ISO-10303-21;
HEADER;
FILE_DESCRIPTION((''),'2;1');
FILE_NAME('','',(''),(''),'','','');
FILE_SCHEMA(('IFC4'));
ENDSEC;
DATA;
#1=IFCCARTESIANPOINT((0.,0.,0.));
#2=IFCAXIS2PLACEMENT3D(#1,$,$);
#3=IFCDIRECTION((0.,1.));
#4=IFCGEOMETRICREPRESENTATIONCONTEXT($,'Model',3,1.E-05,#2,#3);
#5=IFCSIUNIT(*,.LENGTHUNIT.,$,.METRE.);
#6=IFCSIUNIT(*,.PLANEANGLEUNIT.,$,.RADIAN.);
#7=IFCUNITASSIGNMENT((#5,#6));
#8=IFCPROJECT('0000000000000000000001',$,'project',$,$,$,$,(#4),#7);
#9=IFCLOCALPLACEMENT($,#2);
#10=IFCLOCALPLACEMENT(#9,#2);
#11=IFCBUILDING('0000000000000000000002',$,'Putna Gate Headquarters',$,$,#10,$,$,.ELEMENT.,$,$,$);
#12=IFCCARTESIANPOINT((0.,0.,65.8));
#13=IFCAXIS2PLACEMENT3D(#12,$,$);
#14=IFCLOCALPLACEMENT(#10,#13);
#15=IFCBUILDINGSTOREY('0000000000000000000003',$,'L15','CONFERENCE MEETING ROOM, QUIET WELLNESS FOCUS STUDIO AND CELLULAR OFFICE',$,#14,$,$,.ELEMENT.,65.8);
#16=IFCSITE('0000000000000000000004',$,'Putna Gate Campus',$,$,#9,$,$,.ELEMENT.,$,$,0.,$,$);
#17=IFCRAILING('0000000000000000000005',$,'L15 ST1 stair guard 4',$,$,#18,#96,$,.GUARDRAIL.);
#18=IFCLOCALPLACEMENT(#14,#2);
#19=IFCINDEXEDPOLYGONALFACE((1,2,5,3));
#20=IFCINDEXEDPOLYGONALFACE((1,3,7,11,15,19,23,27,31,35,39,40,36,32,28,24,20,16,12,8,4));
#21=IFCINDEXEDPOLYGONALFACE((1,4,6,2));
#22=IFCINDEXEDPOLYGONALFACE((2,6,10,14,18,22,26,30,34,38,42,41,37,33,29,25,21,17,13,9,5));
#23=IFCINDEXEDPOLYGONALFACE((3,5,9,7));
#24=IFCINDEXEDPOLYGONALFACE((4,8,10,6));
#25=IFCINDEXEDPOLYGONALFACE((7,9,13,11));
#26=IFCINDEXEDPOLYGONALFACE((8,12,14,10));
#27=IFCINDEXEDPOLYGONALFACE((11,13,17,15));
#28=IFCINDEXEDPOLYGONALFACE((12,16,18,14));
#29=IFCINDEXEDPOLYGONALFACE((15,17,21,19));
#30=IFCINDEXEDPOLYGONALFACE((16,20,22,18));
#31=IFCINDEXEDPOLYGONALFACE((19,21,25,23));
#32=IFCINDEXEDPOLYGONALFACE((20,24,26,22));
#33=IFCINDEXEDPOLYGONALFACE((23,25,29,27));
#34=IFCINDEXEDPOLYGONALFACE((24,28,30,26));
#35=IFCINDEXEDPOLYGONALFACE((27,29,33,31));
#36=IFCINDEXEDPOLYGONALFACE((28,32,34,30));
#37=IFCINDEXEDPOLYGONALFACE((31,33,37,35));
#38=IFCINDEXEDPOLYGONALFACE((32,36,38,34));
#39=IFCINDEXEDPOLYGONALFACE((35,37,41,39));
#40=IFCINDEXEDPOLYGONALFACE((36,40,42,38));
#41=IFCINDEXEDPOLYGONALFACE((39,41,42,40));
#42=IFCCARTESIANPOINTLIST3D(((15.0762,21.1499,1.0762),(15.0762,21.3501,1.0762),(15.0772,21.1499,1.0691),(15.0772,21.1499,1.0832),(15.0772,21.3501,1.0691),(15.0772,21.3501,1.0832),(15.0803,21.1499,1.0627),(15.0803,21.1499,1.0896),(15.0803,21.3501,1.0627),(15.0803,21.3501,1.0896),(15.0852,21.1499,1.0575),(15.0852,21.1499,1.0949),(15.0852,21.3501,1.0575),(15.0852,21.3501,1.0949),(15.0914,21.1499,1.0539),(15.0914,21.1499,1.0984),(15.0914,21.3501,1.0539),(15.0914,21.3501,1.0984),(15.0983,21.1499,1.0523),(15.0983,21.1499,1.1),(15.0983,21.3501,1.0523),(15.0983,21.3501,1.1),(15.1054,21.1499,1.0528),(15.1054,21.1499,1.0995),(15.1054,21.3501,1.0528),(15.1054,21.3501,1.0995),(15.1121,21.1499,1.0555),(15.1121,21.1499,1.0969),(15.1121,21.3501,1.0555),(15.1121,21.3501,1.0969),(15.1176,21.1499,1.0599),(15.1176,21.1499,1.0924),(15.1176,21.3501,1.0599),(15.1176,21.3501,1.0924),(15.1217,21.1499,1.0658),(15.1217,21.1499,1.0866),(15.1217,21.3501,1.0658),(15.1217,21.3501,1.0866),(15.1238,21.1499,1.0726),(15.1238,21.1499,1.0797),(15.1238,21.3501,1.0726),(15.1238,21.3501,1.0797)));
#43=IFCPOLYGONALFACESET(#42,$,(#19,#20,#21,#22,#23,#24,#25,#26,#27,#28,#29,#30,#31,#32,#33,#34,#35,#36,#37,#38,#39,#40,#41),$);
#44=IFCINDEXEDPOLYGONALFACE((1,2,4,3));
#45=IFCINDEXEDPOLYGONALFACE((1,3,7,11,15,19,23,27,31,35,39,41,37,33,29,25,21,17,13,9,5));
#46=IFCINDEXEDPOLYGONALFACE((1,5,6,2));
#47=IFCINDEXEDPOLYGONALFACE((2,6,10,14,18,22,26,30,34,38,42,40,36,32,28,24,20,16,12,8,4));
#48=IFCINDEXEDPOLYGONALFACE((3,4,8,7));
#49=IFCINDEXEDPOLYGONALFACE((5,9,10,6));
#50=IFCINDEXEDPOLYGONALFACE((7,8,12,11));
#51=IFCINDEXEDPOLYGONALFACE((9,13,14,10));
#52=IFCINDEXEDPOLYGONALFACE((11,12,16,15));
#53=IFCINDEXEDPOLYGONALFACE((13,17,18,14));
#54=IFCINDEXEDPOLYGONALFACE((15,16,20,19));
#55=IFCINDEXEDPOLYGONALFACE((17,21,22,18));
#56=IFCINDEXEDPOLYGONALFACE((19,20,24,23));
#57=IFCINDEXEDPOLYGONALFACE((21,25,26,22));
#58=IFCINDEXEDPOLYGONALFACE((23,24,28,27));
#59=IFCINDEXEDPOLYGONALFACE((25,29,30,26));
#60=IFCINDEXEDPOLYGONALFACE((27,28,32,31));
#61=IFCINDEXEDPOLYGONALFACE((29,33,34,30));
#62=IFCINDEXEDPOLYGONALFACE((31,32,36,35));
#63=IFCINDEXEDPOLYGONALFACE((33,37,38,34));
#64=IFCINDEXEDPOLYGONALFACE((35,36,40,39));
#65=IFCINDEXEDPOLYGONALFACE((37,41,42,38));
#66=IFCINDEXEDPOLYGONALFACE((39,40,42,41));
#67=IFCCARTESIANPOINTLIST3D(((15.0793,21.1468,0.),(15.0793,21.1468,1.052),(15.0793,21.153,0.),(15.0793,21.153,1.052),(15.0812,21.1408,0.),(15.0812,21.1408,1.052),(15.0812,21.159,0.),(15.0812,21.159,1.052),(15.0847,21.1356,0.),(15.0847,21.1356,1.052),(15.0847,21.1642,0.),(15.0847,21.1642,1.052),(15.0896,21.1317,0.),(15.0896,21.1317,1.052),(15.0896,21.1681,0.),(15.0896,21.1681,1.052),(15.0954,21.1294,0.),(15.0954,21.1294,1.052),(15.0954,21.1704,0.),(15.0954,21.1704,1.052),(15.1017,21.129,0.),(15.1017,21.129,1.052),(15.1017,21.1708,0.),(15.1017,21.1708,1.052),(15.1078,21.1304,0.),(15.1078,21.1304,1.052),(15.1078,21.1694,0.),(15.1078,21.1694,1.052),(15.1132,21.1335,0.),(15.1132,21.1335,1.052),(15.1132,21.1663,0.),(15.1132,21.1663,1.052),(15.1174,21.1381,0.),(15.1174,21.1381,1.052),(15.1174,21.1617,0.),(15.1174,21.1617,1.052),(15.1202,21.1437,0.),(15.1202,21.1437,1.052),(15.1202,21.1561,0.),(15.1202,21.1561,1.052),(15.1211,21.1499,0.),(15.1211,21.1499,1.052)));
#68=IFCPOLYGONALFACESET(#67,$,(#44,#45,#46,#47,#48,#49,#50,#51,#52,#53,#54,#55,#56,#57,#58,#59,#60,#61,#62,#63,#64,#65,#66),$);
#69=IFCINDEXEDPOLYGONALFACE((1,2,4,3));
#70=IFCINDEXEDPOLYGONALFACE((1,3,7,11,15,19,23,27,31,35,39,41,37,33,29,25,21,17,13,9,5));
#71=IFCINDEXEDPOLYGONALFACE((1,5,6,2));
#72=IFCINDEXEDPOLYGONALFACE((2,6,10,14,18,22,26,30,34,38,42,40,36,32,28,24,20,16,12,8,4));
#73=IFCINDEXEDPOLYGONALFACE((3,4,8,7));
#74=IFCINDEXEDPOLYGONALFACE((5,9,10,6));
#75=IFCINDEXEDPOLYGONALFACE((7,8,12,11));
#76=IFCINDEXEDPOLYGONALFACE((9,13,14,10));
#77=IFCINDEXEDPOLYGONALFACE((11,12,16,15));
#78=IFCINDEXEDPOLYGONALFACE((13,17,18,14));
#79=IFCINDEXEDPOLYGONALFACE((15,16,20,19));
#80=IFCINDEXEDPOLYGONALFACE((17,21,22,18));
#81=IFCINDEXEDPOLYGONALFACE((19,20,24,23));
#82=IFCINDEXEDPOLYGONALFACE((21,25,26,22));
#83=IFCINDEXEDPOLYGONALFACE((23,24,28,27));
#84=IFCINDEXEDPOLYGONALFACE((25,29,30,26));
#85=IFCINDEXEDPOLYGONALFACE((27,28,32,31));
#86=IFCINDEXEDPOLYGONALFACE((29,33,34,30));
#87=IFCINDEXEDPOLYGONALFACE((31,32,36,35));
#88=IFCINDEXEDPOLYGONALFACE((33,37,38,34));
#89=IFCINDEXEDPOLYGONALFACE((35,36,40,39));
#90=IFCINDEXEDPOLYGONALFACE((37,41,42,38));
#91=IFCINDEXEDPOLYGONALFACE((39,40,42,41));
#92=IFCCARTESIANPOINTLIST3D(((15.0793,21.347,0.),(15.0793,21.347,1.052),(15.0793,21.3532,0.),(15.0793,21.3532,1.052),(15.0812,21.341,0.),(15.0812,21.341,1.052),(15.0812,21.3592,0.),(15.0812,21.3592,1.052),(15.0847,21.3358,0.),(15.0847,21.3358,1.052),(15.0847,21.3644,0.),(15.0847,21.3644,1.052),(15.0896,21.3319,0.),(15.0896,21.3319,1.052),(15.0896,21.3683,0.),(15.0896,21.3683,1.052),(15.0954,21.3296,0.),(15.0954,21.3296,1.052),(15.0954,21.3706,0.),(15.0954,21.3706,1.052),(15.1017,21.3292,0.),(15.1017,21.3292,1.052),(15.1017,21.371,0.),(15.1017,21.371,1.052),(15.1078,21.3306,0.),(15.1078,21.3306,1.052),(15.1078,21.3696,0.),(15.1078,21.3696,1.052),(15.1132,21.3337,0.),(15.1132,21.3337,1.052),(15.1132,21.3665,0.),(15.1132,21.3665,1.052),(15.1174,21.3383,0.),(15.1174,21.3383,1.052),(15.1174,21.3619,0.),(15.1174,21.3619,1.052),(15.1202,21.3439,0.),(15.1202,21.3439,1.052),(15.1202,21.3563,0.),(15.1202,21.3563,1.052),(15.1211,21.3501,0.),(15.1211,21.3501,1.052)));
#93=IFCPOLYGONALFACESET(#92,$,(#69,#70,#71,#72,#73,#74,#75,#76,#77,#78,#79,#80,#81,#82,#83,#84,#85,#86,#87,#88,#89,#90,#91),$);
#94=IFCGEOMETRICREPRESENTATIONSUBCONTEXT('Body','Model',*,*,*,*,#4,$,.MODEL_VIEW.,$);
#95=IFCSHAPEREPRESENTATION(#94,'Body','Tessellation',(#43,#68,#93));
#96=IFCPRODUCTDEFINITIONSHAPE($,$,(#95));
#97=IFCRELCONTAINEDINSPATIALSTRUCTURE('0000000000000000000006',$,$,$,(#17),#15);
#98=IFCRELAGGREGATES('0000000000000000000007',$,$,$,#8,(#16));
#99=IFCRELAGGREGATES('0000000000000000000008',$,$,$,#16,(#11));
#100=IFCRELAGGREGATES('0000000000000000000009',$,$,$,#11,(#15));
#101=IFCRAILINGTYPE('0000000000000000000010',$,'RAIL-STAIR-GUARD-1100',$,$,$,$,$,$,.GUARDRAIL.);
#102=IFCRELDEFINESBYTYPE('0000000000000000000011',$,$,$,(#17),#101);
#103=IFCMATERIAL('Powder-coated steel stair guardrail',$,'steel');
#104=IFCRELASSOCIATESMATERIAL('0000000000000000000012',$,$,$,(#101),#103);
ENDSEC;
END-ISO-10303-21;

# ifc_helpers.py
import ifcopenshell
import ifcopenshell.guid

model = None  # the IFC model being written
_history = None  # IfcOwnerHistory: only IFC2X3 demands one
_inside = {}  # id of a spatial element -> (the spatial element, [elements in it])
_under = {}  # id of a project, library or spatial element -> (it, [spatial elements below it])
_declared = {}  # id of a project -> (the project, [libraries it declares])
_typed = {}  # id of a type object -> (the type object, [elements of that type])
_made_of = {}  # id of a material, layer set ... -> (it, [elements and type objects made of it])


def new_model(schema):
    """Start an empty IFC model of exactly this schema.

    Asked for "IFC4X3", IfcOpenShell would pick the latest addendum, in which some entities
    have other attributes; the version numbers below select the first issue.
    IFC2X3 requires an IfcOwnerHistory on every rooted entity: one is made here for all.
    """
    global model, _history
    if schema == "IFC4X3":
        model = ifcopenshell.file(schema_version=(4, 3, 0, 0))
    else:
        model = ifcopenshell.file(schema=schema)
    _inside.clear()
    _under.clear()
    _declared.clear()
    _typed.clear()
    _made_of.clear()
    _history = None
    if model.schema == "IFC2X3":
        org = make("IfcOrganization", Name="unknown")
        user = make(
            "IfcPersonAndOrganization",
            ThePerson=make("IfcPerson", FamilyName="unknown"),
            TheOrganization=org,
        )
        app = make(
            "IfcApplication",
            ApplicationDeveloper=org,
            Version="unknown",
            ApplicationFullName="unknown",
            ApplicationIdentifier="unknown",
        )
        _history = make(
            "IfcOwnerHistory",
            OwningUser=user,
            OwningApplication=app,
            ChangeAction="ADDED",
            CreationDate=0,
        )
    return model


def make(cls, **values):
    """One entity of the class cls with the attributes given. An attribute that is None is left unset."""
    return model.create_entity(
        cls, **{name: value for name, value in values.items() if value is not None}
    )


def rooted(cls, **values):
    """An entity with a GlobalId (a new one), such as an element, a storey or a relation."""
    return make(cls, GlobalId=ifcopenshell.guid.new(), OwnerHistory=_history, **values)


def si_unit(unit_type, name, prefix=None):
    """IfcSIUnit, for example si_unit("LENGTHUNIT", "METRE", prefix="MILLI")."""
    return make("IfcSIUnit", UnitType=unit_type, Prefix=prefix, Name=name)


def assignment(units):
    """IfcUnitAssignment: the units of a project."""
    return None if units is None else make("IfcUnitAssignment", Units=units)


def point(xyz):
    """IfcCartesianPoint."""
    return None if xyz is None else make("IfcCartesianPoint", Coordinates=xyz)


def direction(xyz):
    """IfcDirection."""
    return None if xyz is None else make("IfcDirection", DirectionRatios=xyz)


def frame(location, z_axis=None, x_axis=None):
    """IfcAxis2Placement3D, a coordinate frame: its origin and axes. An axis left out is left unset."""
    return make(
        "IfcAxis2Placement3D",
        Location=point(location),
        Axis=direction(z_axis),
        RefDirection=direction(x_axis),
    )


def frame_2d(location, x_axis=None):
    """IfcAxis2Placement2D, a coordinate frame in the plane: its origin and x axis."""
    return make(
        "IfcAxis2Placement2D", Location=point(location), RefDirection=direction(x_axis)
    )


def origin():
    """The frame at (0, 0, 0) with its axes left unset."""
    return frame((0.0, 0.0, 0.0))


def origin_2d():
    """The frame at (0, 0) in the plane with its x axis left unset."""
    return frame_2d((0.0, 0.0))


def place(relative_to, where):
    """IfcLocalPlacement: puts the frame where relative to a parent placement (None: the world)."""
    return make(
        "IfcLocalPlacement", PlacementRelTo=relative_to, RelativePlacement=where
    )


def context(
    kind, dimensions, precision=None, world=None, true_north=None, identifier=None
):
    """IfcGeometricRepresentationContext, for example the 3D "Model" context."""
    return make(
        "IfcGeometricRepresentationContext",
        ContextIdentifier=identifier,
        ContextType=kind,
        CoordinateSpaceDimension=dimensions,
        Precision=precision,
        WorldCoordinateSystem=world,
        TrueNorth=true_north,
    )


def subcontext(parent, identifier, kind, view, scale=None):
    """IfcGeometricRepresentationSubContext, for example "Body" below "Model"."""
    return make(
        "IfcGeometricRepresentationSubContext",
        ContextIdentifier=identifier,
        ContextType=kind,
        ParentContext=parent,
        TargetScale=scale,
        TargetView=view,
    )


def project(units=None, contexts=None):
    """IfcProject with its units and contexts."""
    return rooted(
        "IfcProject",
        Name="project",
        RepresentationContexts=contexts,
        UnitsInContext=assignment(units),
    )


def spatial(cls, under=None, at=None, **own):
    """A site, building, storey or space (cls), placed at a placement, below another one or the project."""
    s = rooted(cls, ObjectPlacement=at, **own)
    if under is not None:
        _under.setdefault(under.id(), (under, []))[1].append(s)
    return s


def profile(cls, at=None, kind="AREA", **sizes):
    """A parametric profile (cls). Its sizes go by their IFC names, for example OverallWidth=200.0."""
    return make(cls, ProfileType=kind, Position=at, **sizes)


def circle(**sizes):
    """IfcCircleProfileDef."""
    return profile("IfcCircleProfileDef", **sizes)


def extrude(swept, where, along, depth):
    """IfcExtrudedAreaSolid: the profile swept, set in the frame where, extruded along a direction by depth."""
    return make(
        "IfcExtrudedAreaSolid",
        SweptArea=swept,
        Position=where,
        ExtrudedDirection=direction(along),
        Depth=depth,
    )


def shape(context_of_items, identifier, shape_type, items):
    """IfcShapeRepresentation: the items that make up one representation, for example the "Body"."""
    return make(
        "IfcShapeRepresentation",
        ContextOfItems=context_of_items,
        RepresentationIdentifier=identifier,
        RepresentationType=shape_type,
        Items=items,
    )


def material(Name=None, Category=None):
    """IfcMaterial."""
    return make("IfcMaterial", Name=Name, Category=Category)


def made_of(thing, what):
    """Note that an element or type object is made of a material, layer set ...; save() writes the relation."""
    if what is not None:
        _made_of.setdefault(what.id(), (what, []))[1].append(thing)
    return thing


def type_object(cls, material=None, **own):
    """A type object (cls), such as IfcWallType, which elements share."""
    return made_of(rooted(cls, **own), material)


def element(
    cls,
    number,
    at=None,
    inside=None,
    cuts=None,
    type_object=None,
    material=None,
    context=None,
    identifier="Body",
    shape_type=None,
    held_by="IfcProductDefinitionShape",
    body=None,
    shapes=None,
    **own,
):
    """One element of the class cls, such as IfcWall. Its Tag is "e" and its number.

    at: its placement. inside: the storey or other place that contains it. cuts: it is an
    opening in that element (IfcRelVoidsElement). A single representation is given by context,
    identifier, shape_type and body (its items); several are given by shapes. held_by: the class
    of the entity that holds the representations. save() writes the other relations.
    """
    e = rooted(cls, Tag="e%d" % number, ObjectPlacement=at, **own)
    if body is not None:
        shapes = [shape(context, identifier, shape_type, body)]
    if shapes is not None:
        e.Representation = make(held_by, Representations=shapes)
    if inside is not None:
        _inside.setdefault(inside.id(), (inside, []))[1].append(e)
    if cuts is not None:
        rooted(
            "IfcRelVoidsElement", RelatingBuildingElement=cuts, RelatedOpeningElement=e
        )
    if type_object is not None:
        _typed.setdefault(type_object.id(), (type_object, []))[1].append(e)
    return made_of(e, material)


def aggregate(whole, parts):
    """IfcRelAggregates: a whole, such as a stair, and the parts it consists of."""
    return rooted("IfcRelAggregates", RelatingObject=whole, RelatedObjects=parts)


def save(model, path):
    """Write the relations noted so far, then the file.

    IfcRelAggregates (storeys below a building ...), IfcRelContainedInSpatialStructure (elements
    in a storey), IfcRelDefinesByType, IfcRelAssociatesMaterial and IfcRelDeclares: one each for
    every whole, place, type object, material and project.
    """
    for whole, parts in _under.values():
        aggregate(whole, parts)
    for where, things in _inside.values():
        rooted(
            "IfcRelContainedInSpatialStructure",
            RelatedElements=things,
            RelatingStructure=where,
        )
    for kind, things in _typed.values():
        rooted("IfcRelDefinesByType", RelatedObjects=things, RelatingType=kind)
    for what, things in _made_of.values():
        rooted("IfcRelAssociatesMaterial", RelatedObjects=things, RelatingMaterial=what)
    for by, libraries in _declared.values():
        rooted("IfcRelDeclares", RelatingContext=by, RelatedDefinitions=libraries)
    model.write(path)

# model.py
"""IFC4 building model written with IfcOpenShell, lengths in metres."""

from ifc_helpers import new_model, si_unit, direction, frame, origin, origin_2d, place, context, subcontext, project, spatial, circle, extrude, material, type_object, element, save


model = new_model("IFC4")

# Units and contexts
model_context = context("Model", 3, precision=1e-05, world=origin(), true_north=direction((0.0, 1.0)))
body_context = subcontext(model_context, "Body", "Model", "MODEL_VIEW")
ifc_project = project(units=[si_unit("LENGTHUNIT", "METRE"), si_unit("PLANEANGLEUNIT", "RADIAN")], contexts=[model_context])

# Site, building, storey
site_placement = place(None, origin())
site = spatial("IfcSite", under=ifc_project, at=site_placement, Name="Putna Gate Campus", CompositionType="ELEMENT", RefElevation=0.0)
building_placement = place(site_placement, origin())
building = spatial("IfcBuilding", under=site, at=building_placement, Name="Putna Gate Headquarters", CompositionType="ELEMENT")
storey_placement = place(building_placement, frame((0.0, 0.0, 65.8)))
storey = spatial("IfcBuildingStorey", under=building, at=storey_placement, Name="L15", Description="CONFERENCE MEETING ROOM, QUIET WELLNESS FOCUS STUDIO AND CELLULAR OFFICE", CompositionType="ELEMENT", Elevation=65.8)

# Railing
ifc_material_1 = material(Name="Powder-coated steel stair guardrail", Category="steel")
railing_type_1 = type_object("IfcRailingType", Name="RAIL-STAIR-GUARD-1100", PredefinedType="GUARDRAIL", material=ifc_material_1)
railing_1_placement = place(storey_placement, frame((15.1001, 21.1499, 0.0)))
element("IfcRailing", 1, at=railing_1_placement, inside=storey, type_object=railing_type_1, Name="L15 ST1 stair guard 4", PredefinedType="GUARDRAIL", context=body_context, shape_type="SweptSolid", body=[
    extrude(circle(Radius=0.0239, at=origin_2d()), frame((0.0, 0.0, 1.0762), z_axis=(0.0, 1.0, 0.0), x_axis=(-1.0, 0.0, 0.0)), (0.0, 0.0, 1.0), 0.2002),
    extrude(circle(Radius=0.021, at=origin_2d()), origin(), (0.0, 0.0, 1.0), 1.052),
    extrude(circle(Radius=0.021, at=origin_2d()), frame((0.0, 0.2002, 0.0)), (0.0, 0.0, 1.0), 1.052),
])

save(model, "model.ifc")
